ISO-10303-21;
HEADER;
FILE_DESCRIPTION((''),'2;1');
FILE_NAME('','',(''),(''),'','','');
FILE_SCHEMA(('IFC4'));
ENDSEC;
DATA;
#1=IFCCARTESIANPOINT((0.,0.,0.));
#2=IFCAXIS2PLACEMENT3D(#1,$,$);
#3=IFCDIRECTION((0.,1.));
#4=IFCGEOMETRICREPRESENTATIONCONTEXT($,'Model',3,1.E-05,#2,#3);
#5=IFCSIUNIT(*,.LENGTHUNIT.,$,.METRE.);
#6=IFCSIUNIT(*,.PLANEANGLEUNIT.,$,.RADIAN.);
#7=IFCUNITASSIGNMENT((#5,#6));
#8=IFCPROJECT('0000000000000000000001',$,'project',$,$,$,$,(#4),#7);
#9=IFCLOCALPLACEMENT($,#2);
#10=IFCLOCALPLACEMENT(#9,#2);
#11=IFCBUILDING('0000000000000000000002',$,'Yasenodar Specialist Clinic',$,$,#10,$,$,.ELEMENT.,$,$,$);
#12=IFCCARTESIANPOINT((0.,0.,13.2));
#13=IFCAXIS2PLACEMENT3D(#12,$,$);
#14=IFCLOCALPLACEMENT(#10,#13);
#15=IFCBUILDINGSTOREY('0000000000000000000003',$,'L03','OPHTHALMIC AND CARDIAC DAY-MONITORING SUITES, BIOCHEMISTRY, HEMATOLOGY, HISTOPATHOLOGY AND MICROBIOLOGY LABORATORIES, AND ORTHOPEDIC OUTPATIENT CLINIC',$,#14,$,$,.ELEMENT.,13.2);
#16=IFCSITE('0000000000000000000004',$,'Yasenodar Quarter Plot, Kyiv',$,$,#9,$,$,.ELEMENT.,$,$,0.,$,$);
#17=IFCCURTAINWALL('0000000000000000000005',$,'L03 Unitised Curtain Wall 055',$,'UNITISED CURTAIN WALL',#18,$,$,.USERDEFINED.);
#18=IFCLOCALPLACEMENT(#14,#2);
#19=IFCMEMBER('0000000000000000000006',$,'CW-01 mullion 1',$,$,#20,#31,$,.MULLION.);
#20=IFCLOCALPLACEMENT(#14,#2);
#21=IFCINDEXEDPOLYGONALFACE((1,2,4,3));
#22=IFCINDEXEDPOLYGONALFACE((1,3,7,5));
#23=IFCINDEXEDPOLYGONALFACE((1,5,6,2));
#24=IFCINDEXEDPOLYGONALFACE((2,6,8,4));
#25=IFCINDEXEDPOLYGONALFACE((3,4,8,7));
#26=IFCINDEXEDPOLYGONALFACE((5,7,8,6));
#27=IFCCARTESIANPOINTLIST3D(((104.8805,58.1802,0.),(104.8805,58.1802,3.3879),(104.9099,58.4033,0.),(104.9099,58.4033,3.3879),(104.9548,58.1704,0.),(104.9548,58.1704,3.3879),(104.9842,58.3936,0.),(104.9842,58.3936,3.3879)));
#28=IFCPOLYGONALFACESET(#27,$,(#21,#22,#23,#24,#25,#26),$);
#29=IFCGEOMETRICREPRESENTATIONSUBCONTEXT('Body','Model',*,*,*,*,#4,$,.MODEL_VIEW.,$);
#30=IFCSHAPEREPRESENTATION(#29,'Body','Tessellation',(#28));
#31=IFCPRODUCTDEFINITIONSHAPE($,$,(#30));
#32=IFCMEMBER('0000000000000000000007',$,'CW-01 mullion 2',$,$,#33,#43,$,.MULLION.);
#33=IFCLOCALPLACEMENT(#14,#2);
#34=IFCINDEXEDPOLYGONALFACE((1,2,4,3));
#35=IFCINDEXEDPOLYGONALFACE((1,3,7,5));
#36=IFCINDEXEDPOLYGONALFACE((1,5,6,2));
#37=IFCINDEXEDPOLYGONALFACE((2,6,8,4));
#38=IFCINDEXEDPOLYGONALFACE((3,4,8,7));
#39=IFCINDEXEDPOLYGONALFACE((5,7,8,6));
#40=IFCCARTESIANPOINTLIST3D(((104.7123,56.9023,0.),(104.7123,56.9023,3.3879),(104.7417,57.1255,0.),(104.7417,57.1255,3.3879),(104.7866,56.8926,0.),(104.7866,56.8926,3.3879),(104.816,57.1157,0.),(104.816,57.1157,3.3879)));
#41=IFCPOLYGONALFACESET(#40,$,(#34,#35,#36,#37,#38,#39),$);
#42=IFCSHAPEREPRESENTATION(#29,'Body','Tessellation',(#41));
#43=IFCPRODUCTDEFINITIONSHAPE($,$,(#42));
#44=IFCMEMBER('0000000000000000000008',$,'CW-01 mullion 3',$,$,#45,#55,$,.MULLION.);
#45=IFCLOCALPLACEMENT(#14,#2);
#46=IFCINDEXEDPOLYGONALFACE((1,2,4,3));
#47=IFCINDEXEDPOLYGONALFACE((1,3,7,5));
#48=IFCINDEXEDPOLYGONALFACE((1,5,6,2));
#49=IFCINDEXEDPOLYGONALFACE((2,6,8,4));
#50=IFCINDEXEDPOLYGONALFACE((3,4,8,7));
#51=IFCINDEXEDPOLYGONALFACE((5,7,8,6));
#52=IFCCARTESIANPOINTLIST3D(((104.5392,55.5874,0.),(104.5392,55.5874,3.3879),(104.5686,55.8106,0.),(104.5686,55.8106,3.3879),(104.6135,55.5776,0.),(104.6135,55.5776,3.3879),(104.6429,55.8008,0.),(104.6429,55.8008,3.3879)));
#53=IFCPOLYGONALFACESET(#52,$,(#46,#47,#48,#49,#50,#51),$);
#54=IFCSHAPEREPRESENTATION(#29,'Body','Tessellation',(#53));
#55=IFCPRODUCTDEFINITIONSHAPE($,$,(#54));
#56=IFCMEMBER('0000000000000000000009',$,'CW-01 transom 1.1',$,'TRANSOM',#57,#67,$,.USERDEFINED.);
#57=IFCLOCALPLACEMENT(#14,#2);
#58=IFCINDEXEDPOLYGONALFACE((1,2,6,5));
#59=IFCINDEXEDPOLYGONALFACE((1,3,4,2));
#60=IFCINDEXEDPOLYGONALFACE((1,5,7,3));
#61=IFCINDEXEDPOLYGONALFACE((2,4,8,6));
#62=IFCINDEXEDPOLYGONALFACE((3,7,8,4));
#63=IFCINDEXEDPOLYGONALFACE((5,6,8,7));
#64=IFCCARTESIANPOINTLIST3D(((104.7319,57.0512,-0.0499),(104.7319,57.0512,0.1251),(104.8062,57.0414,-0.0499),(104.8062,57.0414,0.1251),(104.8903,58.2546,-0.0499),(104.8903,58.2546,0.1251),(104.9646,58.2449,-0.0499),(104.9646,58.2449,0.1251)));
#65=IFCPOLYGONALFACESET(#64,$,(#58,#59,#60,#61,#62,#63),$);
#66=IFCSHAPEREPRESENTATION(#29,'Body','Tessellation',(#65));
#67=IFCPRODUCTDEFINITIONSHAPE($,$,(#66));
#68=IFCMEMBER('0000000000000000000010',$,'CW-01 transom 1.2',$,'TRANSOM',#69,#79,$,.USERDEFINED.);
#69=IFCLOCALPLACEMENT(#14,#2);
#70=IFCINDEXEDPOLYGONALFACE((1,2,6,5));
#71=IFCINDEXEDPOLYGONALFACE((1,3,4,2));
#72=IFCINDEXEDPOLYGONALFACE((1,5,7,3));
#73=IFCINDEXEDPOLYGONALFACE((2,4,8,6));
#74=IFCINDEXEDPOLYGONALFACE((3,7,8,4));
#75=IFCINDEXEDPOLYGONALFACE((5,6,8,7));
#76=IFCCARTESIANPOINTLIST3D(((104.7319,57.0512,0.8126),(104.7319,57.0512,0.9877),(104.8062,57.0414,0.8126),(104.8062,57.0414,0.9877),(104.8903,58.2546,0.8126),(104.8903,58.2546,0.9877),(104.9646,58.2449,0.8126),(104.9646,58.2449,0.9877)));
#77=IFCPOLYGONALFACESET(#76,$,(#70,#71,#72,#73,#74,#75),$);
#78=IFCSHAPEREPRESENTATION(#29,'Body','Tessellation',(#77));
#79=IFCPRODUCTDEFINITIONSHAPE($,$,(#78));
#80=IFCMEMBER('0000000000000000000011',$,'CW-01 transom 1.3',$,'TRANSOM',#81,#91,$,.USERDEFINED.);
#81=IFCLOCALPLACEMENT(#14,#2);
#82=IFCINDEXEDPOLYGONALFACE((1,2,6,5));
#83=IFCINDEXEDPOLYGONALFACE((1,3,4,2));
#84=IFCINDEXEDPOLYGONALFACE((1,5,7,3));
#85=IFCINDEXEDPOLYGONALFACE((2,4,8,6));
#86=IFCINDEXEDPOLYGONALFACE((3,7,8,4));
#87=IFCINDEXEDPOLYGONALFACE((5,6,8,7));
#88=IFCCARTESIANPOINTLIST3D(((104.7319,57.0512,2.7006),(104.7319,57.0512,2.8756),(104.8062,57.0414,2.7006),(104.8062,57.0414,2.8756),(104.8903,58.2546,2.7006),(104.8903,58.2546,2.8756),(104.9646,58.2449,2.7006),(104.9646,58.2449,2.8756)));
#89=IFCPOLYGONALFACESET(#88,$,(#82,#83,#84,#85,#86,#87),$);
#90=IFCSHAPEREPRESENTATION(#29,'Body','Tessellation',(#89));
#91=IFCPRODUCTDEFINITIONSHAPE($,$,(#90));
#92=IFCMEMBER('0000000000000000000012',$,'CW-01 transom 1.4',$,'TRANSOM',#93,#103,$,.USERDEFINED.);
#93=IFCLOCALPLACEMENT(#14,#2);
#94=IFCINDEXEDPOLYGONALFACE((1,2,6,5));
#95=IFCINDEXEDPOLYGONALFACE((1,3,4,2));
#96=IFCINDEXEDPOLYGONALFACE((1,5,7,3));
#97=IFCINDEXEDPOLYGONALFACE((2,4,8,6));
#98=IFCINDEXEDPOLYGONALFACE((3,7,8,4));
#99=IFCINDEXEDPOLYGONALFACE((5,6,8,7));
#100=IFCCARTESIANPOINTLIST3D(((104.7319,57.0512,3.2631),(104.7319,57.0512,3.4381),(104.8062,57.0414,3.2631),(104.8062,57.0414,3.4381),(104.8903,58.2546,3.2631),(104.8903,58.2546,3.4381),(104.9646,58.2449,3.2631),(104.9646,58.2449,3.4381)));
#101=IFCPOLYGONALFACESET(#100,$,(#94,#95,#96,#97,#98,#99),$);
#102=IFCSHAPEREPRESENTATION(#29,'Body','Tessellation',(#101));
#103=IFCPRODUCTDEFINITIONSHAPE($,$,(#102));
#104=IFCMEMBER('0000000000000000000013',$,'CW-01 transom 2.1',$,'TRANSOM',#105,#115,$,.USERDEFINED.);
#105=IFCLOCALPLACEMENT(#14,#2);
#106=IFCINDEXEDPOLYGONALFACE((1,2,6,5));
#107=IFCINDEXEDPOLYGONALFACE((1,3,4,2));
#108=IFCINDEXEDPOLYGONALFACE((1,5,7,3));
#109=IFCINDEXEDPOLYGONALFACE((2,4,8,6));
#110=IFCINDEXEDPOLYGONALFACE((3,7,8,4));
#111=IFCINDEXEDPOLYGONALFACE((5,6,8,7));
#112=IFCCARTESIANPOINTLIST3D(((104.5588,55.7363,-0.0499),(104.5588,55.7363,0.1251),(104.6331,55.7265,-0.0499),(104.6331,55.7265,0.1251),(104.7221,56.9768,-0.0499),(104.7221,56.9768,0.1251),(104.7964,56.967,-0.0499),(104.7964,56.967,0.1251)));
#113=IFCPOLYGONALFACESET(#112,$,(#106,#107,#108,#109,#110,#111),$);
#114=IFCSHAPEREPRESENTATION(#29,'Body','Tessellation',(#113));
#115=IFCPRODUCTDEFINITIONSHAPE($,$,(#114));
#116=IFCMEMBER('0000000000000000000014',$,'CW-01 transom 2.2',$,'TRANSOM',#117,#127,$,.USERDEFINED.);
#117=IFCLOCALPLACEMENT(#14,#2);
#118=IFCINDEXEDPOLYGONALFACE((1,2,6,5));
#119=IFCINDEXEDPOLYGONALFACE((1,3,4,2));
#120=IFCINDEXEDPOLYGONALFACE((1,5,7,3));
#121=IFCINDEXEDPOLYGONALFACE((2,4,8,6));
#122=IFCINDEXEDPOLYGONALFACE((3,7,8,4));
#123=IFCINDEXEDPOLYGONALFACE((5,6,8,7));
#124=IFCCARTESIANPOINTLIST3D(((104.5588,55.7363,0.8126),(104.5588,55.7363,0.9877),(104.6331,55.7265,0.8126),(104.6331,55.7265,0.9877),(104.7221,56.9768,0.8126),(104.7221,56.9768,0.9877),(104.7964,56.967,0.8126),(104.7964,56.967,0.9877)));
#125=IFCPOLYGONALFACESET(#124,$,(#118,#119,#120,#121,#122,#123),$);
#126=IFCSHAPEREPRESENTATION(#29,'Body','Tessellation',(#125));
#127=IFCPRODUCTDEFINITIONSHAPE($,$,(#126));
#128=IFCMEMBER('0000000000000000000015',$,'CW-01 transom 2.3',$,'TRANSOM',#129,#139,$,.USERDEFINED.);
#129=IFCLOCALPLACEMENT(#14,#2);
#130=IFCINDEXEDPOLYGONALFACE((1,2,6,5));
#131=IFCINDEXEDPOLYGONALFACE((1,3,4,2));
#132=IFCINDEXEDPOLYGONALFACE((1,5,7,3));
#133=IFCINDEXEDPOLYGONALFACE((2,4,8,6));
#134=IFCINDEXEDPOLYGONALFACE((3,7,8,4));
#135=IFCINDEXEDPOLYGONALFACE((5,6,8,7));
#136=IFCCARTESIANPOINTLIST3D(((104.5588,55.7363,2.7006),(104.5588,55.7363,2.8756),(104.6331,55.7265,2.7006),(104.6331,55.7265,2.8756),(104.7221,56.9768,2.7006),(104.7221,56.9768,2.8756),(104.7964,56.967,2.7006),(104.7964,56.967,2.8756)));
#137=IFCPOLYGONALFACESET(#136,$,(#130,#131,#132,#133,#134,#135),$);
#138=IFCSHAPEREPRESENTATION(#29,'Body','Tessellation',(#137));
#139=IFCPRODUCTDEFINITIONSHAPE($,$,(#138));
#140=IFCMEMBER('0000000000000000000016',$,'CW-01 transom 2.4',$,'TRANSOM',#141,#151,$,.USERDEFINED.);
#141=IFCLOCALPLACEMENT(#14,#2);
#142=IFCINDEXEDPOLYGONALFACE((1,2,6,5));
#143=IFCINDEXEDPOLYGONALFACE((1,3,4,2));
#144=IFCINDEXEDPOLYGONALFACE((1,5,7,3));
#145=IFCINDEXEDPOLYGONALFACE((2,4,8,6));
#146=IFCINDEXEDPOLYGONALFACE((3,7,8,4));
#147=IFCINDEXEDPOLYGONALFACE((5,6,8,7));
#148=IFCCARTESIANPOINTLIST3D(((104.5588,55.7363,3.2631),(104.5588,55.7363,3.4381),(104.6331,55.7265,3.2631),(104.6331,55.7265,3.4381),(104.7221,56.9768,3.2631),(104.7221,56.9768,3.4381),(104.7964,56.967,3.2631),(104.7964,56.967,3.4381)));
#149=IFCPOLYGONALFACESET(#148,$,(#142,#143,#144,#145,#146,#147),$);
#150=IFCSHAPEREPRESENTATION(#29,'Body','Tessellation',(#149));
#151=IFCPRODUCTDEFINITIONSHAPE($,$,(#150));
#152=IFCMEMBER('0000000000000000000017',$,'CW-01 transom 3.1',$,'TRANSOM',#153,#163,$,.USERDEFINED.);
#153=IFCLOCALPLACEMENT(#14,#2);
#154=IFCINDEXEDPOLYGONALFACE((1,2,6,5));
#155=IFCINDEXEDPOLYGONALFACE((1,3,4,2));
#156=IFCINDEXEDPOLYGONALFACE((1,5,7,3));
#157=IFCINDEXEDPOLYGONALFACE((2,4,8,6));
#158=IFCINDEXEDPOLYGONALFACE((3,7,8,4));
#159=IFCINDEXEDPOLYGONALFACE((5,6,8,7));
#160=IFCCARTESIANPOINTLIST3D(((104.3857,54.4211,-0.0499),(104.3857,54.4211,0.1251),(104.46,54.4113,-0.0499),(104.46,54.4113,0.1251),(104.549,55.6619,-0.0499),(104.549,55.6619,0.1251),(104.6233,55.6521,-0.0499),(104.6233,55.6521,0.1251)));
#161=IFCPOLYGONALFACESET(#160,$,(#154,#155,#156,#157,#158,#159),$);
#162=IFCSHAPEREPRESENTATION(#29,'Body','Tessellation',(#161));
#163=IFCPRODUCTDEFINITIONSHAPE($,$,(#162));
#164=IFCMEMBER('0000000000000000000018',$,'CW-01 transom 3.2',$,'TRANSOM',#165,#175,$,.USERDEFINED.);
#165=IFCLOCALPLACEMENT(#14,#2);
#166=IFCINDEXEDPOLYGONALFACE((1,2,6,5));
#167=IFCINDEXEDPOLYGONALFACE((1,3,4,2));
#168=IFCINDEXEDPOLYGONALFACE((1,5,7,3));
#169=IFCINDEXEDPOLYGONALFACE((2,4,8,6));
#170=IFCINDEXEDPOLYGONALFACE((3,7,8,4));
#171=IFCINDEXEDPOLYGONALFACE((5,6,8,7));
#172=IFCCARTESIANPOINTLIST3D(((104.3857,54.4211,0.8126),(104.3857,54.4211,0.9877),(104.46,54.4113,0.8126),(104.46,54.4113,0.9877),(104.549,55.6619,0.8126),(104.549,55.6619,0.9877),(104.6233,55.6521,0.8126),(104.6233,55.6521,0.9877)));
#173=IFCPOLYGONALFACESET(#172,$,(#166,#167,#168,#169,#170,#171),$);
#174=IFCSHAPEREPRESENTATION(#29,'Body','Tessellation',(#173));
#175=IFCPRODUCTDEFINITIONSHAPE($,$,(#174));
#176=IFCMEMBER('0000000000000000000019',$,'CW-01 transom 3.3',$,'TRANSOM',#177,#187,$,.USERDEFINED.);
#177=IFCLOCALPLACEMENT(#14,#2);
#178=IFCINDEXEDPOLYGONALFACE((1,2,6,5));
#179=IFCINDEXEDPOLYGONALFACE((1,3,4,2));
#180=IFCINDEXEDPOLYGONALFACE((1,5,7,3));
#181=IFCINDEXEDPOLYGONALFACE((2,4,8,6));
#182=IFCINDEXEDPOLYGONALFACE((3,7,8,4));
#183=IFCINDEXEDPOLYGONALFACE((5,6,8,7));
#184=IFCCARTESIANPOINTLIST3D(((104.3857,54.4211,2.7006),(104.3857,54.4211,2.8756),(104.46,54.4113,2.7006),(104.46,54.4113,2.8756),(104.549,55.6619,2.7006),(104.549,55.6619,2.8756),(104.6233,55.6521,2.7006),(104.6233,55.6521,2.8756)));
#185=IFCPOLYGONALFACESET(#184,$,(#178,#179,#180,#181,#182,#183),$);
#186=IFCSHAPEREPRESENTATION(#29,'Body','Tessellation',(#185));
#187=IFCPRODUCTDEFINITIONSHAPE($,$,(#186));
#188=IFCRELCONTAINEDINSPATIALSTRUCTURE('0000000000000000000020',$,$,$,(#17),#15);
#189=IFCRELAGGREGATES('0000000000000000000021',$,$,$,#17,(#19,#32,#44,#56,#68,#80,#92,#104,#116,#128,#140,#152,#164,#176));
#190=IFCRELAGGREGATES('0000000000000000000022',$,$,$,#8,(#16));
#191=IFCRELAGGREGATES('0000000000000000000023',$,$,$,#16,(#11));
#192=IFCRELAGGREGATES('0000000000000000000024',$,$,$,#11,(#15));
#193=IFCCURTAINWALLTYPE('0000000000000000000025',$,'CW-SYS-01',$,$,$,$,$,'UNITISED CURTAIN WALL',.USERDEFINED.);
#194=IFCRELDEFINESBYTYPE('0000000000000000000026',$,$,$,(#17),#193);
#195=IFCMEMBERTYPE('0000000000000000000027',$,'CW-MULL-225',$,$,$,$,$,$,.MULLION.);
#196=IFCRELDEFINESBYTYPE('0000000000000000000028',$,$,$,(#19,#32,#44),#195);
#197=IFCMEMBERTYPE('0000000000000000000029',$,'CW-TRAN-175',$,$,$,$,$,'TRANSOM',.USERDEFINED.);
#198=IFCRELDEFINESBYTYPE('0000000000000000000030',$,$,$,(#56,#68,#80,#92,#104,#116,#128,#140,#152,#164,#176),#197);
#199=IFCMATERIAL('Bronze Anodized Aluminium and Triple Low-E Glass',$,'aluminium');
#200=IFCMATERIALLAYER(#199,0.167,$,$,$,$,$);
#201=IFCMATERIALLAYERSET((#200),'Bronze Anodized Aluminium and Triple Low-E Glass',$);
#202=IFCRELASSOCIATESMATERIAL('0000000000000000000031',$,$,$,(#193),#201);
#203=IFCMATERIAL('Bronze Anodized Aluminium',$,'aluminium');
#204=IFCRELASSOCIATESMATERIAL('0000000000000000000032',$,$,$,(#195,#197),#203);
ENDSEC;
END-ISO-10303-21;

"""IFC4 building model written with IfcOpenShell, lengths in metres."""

from ifc_helpers import new_model, si_unit, direction, frame, origin, origin_2d, place, context, subcontext, project, spatial, rectangle, extrude, material, layer, layer_set, material_profile, profile_set, type_object, element, aggregate, save


model = new_model("IFC4")

# Units and contexts
model_context = context("Model", 3, precision=1e-05, world=origin(), true_north=direction((0.0, 1.0)))
body_context = subcontext(model_context, "Body", "Model", "MODEL_VIEW")
ifc_project = project(units=[si_unit("LENGTHUNIT", "METRE"), si_unit("PLANEANGLEUNIT", "RADIAN")], contexts=[model_context])

# Site, building, storey
site_placement = place(None, origin())
site = spatial("IfcSite", under=ifc_project, at=site_placement, Name="Yasenodar Quarter Plot, Kyiv", CompositionType="ELEMENT", RefElevation=0.0)
building_placement = place(site_placement, origin())
building = spatial("IfcBuilding", under=site, at=building_placement, Name="Yasenodar Specialist Clinic", CompositionType="ELEMENT")
storey_placement = place(building_placement, frame((0.0, 0.0, 13.2)))
storey = spatial("IfcBuildingStorey", under=building, at=storey_placement, Name="L03", Description="OPHTHALMIC AND CARDIAC DAY-MONITORING SUITES, BIOCHEMISTRY, HEMATOLOGY, HISTOPATHOLOGY AND MICROBIOLOGY LABORATORIES, AND ORTHOPEDIC OUTPATIENT CLINIC", CompositionType="ELEMENT", Elevation=13.2)

# Curtain wall, members
ifc_material_1 = material(Name="Bronze Anodized Aluminium and Triple Low-E Glass", Category="aluminium")
ifc_layer_1 = layer(ifc_material_1, 0.167)
ifc_layer_set_1 = layer_set([ifc_layer_1], Name="Bronze Anodized Aluminium and Triple Low-E Glass")
curtain_wall_type = type_object("IfcCurtainWallType", Name="CW-SYS-01", ElementType="UNITISED CURTAIN WALL", PredefinedType="USERDEFINED", material=ifc_layer_set_1)
curtain_wall_placement = place(storey_placement, origin())
curtain_wall = element("IfcCurtainWall", 1, at=curtain_wall_placement, inside=storey, type_object=curtain_wall_type, Name="L03 Unitised Curtain Wall 055", ObjectType="UNITISED CURTAIN WALL", PredefinedType="USERDEFINED")
ifc_material_2 = material(Name="Bronze Anodized Aluminium", Category="aluminium")
ifc_material_profile_1 = material_profile(ifc_material_2, rectangle(XDim=0.075, YDim=0.2251, at=origin_2d()), Name="CW-MULL 75x225")
ifc_profile_set_1 = profile_set([ifc_material_profile_1], Name="Bronze Anodized Aluminium")
member_type_1 = type_object("IfcMemberType", Name="CW-MULL-225", PredefinedType="MULLION", material=ifc_profile_set_1)
member_1_placement = place(storey_placement, frame((104.9324, 58.2869, 0.0), z_axis=(0.0, 0.0, 1.0), x_axis=(0.991447, -0.130512, 0.0)))
member_1 = element("IfcMember", 2, at=member_1_placement, type_object=member_type_1, Name="CW-01 mullion 1", PredefinedType="MULLION", context=body_context, shape_type="SweptSolid", body=[
    extrude(rectangle(XDim=0.075, YDim=0.2251, at=origin_2d()), origin(), (0.0, 0.0, 1.0), 3.3879),
])
member_2_placement = place(storey_placement, frame((104.7642, 57.009, 0.0), z_axis=(0.0, 0.0, 1.0), x_axis=(0.991447, -0.130512, 0.0)))
member_2 = element("IfcMember", 3, at=member_2_placement, type_object=member_type_1, Name="CW-01 mullion 2", PredefinedType="MULLION", context=body_context, shape_type="SweptSolid", body=[
    extrude(rectangle(XDim=0.075, YDim=0.2251, at=origin_2d()), origin(), (0.0, 0.0, 1.0), 3.3879),
])
member_3_placement = place(storey_placement, frame((104.5911, 55.6941, 0.0), z_axis=(0.0, 0.0, 1.0), x_axis=(0.991447, -0.130512, 0.0)))
member_3 = element("IfcMember", 4, at=member_3_placement, type_object=member_type_1, Name="CW-01 mullion 3", PredefinedType="MULLION", context=body_context, shape_type="SweptSolid", body=[
    extrude(rectangle(XDim=0.075, YDim=0.2251, at=origin_2d()), origin(), (0.0, 0.0, 1.0), 3.3879),
])
ifc_material_profile_2 = material_profile(ifc_material_2, rectangle(XDim=0.075, YDim=0.175, at=origin_2d()), Name="CW-TRAN 75x175")
ifc_profile_set_2 = profile_set([ifc_material_profile_2], Name="Bronze Anodized Aluminium")
member_type_2 = type_object("IfcMemberType", Name="CW-TRAN-175", ElementType="TRANSOM", PredefinedType="USERDEFINED", material=ifc_profile_set_2)
member_4_placement = place(storey_placement, frame((104.9275, 58.2498, 0.0376), z_axis=(-0.130543, -0.991443, 0.0), x_axis=(0.991443, -0.130543, 0.0)))
member_4 = element("IfcMember", 5, at=member_4_placement, type_object=member_type_2, Name="CW-01 transom 1.1", ObjectType="TRANSOM", PredefinedType="USERDEFINED", context=body_context, shape_type="SweptSolid", body=[
    extrude(rectangle(XDim=0.075, YDim=0.175, at=origin_2d()), origin(), (0.0, 0.0, 1.0), 1.2139),
])
member_5_placement = place(storey_placement, frame((104.9275, 58.2498, 0.9001), z_axis=(-0.130543, -0.991443, 0.0), x_axis=(0.991443, -0.130543, 0.0)))
member_5 = element("IfcMember", 6, at=member_5_placement, type_object=member_type_2, Name="CW-01 transom 1.2", ObjectType="TRANSOM", PredefinedType="USERDEFINED", context=body_context, shape_type="SweptSolid", body=[
    extrude(rectangle(XDim=0.075, YDim=0.175, at=origin_2d()), origin(), (0.0, 0.0, 1.0), 1.2139),
])
member_6_placement = place(storey_placement, frame((104.9275, 58.2498, 2.7881), z_axis=(-0.130543, -0.991443, 0.0), x_axis=(0.991443, -0.130543, 0.0)))
member_6 = element("IfcMember", 7, at=member_6_placement, type_object=member_type_2, Name="CW-01 transom 1.3", ObjectType="TRANSOM", PredefinedType="USERDEFINED", context=body_context, shape_type="SweptSolid", body=[
    extrude(rectangle(XDim=0.075, YDim=0.175, at=origin_2d()), origin(), (0.0, 0.0, 1.0), 1.2139),
])
member_7_placement = place(storey_placement, frame((104.9275, 58.2498, 3.3506), z_axis=(-0.130543, -0.991443, 0.0), x_axis=(0.991443, -0.130543, 0.0)))
member_7 = element("IfcMember", 8, at=member_7_placement, type_object=member_type_2, Name="CW-01 transom 1.4", ObjectType="TRANSOM", PredefinedType="USERDEFINED", context=body_context, shape_type="SweptSolid", body=[
    extrude(rectangle(XDim=0.075, YDim=0.175, at=origin_2d()), origin(), (0.0, 0.0, 1.0), 1.2139),
])
member_8_placement = place(storey_placement, frame((104.7593, 56.9719, 0.0376), z_axis=(-0.13054, -0.991443, 0.0), x_axis=(0.991443, -0.13054, 0.0)))
member_8 = element("IfcMember", 9, at=member_8_placement, type_object=member_type_2, Name="CW-01 transom 2.1", ObjectType="TRANSOM", PredefinedType="USERDEFINED", context=body_context, shape_type="SweptSolid", body=[
    extrude(rectangle(XDim=0.075, YDim=0.175, at=origin_2d()), origin(), (0.0, 0.0, 1.0), 1.2512),
])
member_9_placement = place(storey_placement, frame((104.7593, 56.9719, 0.9001), z_axis=(-0.13054, -0.991443, 0.0), x_axis=(0.991443, -0.13054, 0.0)))
member_9 = element("IfcMember", 10, at=member_9_placement, type_object=member_type_2, Name="CW-01 transom 2.2", ObjectType="TRANSOM", PredefinedType="USERDEFINED", context=body_context, shape_type="SweptSolid", body=[
    extrude(rectangle(XDim=0.075, YDim=0.175, at=origin_2d()), origin(), (0.0, 0.0, 1.0), 1.2512),
])
member_10_placement = place(storey_placement, frame((104.7593, 56.9719, 2.7881), z_axis=(-0.13054, -0.991443, 0.0), x_axis=(0.991443, -0.13054, 0.0)))
member_10 = element("IfcMember", 11, at=member_10_placement, type_object=member_type_2, Name="CW-01 transom 2.3", ObjectType="TRANSOM", PredefinedType="USERDEFINED", context=body_context, shape_type="SweptSolid", body=[
    extrude(rectangle(XDim=0.075, YDim=0.175, at=origin_2d()), origin(), (0.0, 0.0, 1.0), 1.2512),
])
member_11_placement = place(storey_placement, frame((104.7593, 56.9719, 3.3506), z_axis=(-0.13054, -0.991443, 0.0), x_axis=(0.991443, -0.13054, 0.0)))
member_11 = element("IfcMember", 12, at=member_11_placement, type_object=member_type_2, Name="CW-01 transom 2.4", ObjectType="TRANSOM", PredefinedType="USERDEFINED", context=body_context, shape_type="SweptSolid", body=[
    extrude(rectangle(XDim=0.075, YDim=0.175, at=origin_2d()), origin(), (0.0, 0.0, 1.0), 1.2512),
])
member_12_placement = place(storey_placement, frame((104.5862, 55.657, 0.0376), z_axis=(-0.130515, -0.991446, 0.0), x_axis=(0.991446, -0.130515, 0.0)))
member_12 = element("IfcMember", 13, at=member_12_placement, type_object=member_type_2, Name="CW-01 transom 3.1", ObjectType="TRANSOM", PredefinedType="USERDEFINED", context=body_context, shape_type="SweptSolid", body=[
    extrude(rectangle(XDim=0.075, YDim=0.175, at=origin_2d()), origin(), (0.0, 0.0, 1.0), 1.2515),
])
member_13_placement = place(storey_placement, frame((104.5862, 55.657, 0.9001), z_axis=(-0.130515, -0.991446, 0.0), x_axis=(0.991446, -0.130515, 0.0)))
member_13 = element("IfcMember", 14, at=member_13_placement, type_object=member_type_2, Name="CW-01 transom 3.2", ObjectType="TRANSOM", PredefinedType="USERDEFINED", context=body_context, shape_type="SweptSolid", body=[
    extrude(rectangle(XDim=0.075, YDim=0.175, at=origin_2d()), origin(), (0.0, 0.0, 1.0), 1.2515),
])
member_14_placement = place(storey_placement, frame((104.5862, 55.657, 2.7881), z_axis=(-0.130515, -0.991446, 0.0), x_axis=(0.991446, -0.130515, 0.0)))
member_14 = element("IfcMember", 15, at=member_14_placement, type_object=member_type_2, Name="CW-01 transom 3.3", ObjectType="TRANSOM", PredefinedType="USERDEFINED", context=body_context, shape_type="SweptSolid", body=[
    extrude(rectangle(XDim=0.075, YDim=0.175, at=origin_2d()), origin(), (0.0, 0.0, 1.0), 1.2515),
])
aggregate(curtain_wall, [member_1, member_2, member_3, member_4, member_5, member_6, member_7, member_8, member_9, member_10, member_11, member_12, member_13, member_14])

save(model, "model.ifc")
